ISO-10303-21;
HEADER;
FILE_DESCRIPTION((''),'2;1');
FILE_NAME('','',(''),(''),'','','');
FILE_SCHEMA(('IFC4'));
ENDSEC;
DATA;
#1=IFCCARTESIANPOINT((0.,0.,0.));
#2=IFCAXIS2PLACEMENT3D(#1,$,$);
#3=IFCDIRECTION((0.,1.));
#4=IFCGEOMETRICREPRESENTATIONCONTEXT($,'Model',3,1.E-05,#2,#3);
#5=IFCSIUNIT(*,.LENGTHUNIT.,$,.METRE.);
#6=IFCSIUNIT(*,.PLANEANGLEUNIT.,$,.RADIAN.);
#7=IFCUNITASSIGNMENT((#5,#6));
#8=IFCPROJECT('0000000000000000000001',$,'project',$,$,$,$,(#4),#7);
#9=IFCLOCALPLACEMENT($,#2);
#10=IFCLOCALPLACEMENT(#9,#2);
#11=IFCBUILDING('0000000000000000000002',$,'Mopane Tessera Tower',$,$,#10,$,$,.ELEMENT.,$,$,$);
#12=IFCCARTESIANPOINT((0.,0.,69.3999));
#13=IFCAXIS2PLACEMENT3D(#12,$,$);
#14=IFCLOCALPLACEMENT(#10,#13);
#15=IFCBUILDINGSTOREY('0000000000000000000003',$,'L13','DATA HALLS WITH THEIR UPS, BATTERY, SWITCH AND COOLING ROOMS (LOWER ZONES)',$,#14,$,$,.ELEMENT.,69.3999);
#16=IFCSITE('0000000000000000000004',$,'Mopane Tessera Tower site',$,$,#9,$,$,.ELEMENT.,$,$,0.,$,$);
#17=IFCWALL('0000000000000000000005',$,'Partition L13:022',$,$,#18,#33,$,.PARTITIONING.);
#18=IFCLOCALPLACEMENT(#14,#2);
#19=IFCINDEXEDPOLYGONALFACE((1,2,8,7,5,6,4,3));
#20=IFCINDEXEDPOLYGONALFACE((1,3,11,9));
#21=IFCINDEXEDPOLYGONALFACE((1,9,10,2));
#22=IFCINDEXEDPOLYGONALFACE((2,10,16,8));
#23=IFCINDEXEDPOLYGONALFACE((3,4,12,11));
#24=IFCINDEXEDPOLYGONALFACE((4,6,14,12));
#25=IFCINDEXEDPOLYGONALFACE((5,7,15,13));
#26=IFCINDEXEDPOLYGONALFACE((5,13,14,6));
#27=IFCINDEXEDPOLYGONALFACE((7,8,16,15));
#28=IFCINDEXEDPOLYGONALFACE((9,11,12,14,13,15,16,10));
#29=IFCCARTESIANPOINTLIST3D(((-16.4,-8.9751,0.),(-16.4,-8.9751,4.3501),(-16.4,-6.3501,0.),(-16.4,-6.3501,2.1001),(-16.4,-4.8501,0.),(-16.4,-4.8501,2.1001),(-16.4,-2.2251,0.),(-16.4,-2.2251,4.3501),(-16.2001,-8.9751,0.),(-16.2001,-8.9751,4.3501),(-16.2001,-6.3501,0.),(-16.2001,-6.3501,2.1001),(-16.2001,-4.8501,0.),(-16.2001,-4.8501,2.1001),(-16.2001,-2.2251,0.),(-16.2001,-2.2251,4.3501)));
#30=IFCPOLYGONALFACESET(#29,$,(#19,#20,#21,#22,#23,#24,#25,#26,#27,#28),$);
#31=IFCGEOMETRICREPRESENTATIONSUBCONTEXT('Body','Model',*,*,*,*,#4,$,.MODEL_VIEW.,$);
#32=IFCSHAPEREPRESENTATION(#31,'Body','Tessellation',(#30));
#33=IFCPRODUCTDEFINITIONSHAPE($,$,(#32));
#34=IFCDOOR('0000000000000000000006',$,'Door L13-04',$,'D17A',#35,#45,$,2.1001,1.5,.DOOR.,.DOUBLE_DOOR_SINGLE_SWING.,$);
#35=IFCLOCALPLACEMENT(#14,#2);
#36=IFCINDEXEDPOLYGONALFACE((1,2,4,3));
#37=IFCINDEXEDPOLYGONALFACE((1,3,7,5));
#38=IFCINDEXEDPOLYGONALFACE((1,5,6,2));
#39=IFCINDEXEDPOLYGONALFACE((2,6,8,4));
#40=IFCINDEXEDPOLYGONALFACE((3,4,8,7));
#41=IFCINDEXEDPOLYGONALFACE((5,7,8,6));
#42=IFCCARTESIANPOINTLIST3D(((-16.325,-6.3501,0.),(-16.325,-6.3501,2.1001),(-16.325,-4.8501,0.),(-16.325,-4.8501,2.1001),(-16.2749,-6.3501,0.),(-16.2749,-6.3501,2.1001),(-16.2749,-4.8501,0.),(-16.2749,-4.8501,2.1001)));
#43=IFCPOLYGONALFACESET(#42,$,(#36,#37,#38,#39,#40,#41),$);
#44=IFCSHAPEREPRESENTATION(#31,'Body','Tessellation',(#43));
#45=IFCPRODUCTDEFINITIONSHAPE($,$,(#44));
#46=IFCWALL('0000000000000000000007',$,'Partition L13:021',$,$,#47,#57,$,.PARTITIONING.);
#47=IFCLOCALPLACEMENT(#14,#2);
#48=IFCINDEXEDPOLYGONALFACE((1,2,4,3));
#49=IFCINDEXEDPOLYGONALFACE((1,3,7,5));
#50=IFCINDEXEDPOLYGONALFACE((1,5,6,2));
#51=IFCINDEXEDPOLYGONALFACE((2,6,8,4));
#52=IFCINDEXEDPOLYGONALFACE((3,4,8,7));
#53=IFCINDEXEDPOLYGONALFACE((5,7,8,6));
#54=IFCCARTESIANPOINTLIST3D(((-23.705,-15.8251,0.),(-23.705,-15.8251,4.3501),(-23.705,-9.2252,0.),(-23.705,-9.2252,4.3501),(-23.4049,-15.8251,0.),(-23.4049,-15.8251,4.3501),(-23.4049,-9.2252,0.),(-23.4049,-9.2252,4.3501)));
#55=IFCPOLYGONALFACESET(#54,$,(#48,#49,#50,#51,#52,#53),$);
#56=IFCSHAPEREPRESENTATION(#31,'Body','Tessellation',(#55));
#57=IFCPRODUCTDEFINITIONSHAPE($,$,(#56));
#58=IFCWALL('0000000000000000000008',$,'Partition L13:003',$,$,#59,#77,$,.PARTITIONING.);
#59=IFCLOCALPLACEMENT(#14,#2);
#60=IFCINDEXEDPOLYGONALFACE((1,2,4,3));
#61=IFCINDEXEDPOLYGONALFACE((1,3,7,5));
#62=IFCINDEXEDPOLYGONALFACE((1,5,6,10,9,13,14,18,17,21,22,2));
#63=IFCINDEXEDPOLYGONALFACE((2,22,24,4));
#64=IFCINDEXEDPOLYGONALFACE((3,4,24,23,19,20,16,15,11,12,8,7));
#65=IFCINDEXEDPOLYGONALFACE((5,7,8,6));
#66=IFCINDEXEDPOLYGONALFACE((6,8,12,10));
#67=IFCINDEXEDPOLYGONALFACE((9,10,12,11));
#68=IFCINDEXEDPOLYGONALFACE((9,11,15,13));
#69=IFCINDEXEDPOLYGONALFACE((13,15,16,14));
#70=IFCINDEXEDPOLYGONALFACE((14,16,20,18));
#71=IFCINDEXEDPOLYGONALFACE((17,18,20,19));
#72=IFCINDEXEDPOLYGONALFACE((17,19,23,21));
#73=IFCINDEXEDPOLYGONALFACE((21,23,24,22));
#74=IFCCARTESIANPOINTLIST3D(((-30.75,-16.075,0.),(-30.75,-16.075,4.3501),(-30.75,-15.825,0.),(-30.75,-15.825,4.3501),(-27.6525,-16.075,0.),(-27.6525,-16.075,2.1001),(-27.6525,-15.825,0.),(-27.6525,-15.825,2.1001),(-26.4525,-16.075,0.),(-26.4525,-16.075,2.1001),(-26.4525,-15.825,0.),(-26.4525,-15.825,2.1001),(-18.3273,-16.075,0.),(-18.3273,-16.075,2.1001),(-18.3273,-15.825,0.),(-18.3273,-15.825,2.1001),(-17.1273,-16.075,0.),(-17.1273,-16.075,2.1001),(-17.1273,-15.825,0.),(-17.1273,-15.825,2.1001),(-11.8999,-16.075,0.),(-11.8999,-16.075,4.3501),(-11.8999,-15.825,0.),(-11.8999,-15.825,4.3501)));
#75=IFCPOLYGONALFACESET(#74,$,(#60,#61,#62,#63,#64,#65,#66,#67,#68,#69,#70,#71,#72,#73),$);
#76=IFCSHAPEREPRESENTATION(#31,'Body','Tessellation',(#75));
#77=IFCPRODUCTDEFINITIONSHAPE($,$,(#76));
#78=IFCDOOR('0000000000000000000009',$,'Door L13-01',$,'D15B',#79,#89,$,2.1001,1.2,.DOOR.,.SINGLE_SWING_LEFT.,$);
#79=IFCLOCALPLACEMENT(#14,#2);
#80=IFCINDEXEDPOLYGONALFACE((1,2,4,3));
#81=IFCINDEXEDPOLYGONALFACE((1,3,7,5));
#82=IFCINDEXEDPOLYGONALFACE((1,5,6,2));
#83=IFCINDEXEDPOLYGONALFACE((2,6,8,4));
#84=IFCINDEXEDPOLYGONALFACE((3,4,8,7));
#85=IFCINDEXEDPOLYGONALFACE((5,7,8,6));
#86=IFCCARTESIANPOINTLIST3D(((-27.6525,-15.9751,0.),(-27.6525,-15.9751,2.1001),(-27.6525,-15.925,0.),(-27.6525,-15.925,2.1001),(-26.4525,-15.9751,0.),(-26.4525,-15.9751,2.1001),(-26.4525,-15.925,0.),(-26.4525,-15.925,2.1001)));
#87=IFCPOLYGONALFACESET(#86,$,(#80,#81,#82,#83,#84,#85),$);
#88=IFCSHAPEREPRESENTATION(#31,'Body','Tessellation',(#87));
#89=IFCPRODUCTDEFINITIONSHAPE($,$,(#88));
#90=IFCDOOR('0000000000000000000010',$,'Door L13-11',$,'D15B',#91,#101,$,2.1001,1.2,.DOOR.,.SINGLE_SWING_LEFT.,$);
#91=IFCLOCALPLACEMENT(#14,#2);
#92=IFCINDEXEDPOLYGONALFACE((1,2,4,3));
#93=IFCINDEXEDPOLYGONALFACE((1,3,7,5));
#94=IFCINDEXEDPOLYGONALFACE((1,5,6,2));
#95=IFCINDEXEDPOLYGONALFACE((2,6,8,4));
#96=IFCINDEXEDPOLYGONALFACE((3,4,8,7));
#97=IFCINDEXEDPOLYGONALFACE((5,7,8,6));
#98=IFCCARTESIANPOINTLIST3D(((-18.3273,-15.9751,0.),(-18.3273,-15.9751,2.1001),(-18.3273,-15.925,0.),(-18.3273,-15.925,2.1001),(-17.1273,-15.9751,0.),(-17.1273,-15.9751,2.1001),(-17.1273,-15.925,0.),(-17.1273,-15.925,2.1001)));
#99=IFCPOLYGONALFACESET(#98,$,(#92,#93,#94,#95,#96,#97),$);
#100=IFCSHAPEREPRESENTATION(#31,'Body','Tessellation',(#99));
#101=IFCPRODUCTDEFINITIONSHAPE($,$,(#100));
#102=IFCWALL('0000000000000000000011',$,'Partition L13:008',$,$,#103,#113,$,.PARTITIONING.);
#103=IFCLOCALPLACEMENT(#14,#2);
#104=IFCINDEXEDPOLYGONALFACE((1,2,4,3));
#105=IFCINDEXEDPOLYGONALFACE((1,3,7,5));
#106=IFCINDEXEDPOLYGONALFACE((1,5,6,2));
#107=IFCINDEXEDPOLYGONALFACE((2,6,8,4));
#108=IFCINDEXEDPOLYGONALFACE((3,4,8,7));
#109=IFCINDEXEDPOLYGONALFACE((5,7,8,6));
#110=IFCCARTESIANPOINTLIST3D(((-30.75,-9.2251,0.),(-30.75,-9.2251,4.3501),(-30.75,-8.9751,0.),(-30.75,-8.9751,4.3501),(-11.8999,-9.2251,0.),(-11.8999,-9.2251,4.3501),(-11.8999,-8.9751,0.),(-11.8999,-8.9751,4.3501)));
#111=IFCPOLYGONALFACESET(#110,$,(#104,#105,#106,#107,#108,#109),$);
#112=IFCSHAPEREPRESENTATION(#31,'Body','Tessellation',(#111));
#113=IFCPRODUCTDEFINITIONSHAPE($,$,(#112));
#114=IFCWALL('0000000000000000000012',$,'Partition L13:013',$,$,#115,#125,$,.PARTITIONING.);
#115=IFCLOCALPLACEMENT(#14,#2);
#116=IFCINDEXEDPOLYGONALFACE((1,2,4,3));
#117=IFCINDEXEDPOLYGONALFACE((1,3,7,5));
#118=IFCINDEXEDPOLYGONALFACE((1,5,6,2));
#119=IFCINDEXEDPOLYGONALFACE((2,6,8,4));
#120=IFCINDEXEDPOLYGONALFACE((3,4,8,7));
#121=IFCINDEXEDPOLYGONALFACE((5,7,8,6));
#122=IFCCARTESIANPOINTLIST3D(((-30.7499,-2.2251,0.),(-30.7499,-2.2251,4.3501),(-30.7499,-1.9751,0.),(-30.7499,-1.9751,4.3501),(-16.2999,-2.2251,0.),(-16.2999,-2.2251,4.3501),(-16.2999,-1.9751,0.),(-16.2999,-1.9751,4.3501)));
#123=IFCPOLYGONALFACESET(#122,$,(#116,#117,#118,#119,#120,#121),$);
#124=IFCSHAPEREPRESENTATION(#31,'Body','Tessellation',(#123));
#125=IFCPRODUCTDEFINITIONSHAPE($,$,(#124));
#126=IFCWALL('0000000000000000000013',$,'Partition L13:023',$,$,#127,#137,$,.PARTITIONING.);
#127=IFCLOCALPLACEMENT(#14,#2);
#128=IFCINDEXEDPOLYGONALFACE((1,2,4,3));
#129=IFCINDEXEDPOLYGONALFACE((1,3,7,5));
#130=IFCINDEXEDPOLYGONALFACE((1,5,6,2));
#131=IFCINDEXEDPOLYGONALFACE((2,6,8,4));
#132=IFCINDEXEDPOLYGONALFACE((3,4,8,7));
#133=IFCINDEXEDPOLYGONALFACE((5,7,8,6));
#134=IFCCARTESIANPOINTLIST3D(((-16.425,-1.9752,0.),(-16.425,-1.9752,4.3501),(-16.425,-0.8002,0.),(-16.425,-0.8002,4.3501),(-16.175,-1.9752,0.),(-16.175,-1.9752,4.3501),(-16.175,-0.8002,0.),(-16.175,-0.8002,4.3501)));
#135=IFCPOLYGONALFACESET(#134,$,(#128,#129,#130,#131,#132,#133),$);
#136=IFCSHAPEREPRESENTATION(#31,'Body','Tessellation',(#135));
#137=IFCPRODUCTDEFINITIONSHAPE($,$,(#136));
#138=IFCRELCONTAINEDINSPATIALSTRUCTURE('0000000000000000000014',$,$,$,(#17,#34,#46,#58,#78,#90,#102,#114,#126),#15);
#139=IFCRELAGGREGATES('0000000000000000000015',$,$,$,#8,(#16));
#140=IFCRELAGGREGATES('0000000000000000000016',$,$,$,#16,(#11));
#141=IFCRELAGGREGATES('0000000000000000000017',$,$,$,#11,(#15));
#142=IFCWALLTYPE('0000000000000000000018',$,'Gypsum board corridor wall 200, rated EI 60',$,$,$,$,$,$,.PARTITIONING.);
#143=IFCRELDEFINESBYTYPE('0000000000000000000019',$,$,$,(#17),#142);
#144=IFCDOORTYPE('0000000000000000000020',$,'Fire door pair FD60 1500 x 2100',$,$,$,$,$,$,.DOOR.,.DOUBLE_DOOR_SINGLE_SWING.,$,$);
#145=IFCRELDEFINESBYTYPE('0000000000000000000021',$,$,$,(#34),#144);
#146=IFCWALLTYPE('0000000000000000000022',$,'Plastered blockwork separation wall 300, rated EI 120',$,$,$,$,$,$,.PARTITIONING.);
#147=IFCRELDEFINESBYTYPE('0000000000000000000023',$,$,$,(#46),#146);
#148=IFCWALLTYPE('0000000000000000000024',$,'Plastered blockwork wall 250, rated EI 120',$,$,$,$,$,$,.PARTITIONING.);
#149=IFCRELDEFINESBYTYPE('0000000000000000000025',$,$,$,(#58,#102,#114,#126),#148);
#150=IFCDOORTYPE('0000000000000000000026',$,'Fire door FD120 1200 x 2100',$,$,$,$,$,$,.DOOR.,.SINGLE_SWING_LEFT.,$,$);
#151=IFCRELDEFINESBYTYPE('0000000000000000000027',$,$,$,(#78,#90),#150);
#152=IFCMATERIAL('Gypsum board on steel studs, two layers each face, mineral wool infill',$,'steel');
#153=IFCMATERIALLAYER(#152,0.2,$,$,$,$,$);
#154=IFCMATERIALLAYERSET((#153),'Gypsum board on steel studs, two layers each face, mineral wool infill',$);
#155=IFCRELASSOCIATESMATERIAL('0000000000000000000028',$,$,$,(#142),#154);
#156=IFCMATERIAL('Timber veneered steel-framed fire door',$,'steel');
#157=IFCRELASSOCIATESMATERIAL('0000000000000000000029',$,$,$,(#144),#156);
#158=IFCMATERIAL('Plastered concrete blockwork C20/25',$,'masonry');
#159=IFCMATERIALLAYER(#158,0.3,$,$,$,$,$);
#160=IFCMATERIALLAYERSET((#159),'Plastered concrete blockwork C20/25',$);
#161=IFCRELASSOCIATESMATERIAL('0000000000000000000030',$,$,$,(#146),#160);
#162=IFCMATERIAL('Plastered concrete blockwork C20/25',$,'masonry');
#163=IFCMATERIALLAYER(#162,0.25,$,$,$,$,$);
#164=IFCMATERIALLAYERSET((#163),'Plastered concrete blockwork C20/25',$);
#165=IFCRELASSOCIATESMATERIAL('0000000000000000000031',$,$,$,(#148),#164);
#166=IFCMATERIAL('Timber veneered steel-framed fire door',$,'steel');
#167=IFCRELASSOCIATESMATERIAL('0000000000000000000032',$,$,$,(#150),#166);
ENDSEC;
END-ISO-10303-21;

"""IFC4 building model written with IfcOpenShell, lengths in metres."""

from ifc_helpers import new_model, si_unit, direction, frame, frame_2d, origin, place, context, subcontext, project, spatial, rectangle, extrude, material, layer, layer_set, type_object, element, fill, save


model = new_model("IFC4")

# Units and contexts
model_context = context("Model", 3, precision=1e-05, world=origin(), true_north=direction((0.0, 1.0)))
body_context = subcontext(model_context, "Body", "Model", "MODEL_VIEW")
ifc_project = project(units=[si_unit("LENGTHUNIT", "METRE"), si_unit("PLANEANGLEUNIT", "RADIAN")], contexts=[model_context])

# Site, building, storey
site_placement = place(None, origin())
site = spatial("IfcSite", under=ifc_project, at=site_placement, Name="Mopane Tessera Tower site", CompositionType="ELEMENT", RefElevation=0.0)
building_placement = place(site_placement, origin())
building = spatial("IfcBuilding", under=site, at=building_placement, Name="Mopane Tessera Tower", CompositionType="ELEMENT")
storey_placement = place(building_placement, frame((0.0, 0.0, 69.3999)))
storey = spatial("IfcBuildingStorey", under=building, at=storey_placement, Name="L13", Description="DATA HALLS WITH THEIR UPS, BATTERY, SWITCH AND COOLING ROOMS (LOWER ZONES)", CompositionType="ELEMENT", Elevation=69.3999)

# Wall, opening, door
ifc_material_1 = material(Name="Gypsum board on steel studs, two layers each face, mineral wool infill", Category="steel")
ifc_layer_1 = layer(ifc_material_1, 0.2)
ifc_layer_set_1 = layer_set([ifc_layer_1], Name="Gypsum board on steel studs, two layers each face, mineral wool infill")
wall_type_1 = type_object("IfcWallType", Name="Gypsum board corridor wall 200, rated EI 60", PredefinedType="PARTITIONING", material=ifc_layer_set_1)
wall_1_placement = place(storey_placement, frame((-16.3, -8.9751, 0.0), z_axis=(0.0, 0.0, 1.0), x_axis=(0.0, 1.0, 0.0)))
wall_1 = element("IfcWall", 1, at=wall_1_placement, inside=storey, type_object=wall_type_1, Name="Partition L13:022", PredefinedType="PARTITIONING", context=body_context, shape_type="SweptSolid", body=[
    extrude(rectangle(XDim=6.75, YDim=0.2, at=frame_2d((3.375, 0.0))), origin(), (0.0, 0.0, 1.0), 4.3501),
])
opening_1_placement = place(wall_1_placement, frame((2.625, 0.0, 0.0)))
opening_1 = element("IfcOpeningElement", 2, at=opening_1_placement, cuts=wall_1, PredefinedType="OPENING", context=body_context, shape_type="SweptSolid", body=[
    extrude(rectangle(XDim=1.5, YDim=2.1001, at=frame_2d((0.75, 1.05))), frame((0.0, 0.1121, 0.0), z_axis=(0.0, -1.0, 0.0), x_axis=(1.0, 0.0, 0.0)), (0.0, 0.0, 1.0), 0.2239),
])
ifc_material_2 = material(Name="Timber veneered steel-framed fire door", Category="steel")
door_type_1 = type_object("IfcDoorType", Name="Fire door pair FD60 1500 x 2100", OperationType="DOUBLE_DOOR_SINGLE_SWING", PredefinedType="DOOR", material=ifc_material_2)
door_1_placement = place(opening_1_placement, origin())
door_1 = element("IfcDoor", 3, at=door_1_placement, inside=storey, type_object=door_type_1, Name="Door L13-04", ObjectType="D17A", OperationType="DOUBLE_DOOR_SINGLE_SWING", OverallHeight=2.1001, OverallWidth=1.5, PredefinedType="DOOR", context=body_context, shape_type="SweptSolid", body=[
    extrude(rectangle(XDim=1.5, YDim=2.1001, at=frame_2d((0.75, 1.05))), frame((0.0, 0.0249, 0.0), z_axis=(0.0, -1.0, 0.0), x_axis=(1.0, 0.0, 0.0)), (0.0, 0.0, 1.0), 0.05),
])
fill(opening_1, door_1)

# Wall
ifc_material_3 = material(Name="Plastered concrete blockwork C20/25", Category="masonry")
ifc_layer_2 = layer(ifc_material_3, 0.3)
ifc_layer_set_2 = layer_set([ifc_layer_2], Name="Plastered concrete blockwork C20/25")
wall_type_2 = type_object("IfcWallType", Name="Plastered blockwork separation wall 300, rated EI 120", PredefinedType="PARTITIONING", material=ifc_layer_set_2)
wall_2_placement = place(storey_placement, frame((-23.5549, -15.825, 0.0), z_axis=(0.0, 0.0, 1.0), x_axis=(0.0, 1.0, 0.0)))
element("IfcWall", 4, at=wall_2_placement, inside=storey, type_object=wall_type_2, Name="Partition L13:021", PredefinedType="PARTITIONING", context=body_context, shape_type="SweptSolid", body=[
    extrude(rectangle(XDim=6.5999, YDim=0.3, at=frame_2d((3.2998, 0.0))), origin(), (0.0, 0.0, 1.0), 4.3501),
])

# Wall, openings, doors
ifc_material_4 = material(Name="Plastered concrete blockwork C20/25", Category="masonry")
ifc_layer_3 = layer(ifc_material_4, 0.25)
ifc_layer_set_3 = layer_set([ifc_layer_3], Name="Plastered concrete blockwork C20/25")
wall_type_3 = type_object("IfcWallType", Name="Plastered blockwork wall 250, rated EI 120", PredefinedType="PARTITIONING", material=ifc_layer_set_3)
wall_3_placement = place(storey_placement, frame((-30.75, -15.95, 0.0), z_axis=(0.0, 0.0, 1.0), x_axis=(1.0, 0.0, 0.0)))
wall_3 = element("IfcWall", 5, at=wall_3_placement, inside=storey, type_object=wall_type_3, Name="Partition L13:003", PredefinedType="PARTITIONING", context=body_context, shape_type="SweptSolid", body=[
    extrude(rectangle(XDim=18.8501, YDim=0.25, at=frame_2d((9.425, 0.0))), origin(), (0.0, 0.0, 1.0), 4.3501),
])
opening_2_placement = place(wall_3_placement, frame((3.0974, 0.0, 0.0)))
opening_2 = element("IfcOpeningElement", 6, at=opening_2_placement, cuts=wall_3, PredefinedType="OPENING", context=body_context, shape_type="SweptSolid", body=[
    extrude(rectangle(XDim=1.2, YDim=2.1001, at=frame_2d((0.6001, 1.05))), frame((0.0, 0.137, 0.0), z_axis=(0.0, -1.0, 0.0), x_axis=(1.0, 0.0, 0.0)), (0.0, 0.0, 1.0), 0.2739),
])
opening_3_placement = place(wall_3_placement, frame((12.4226, 0.0, 0.0)))
opening_3 = element("IfcOpeningElement", 7, at=opening_3_placement, cuts=wall_3, PredefinedType="OPENING", context=body_context, shape_type="SweptSolid", body=[
    extrude(rectangle(XDim=1.2, YDim=2.1001, at=frame_2d((0.6001, 1.05))), frame((0.0, 0.137, 0.0), z_axis=(0.0, -1.0, 0.0), x_axis=(1.0, 0.0, 0.0)), (0.0, 0.0, 1.0), 0.2739),
])
ifc_material_5 = material(Name="Timber veneered steel-framed fire door", Category="steel")
door_type_2 = type_object("IfcDoorType", Name="Fire door FD120 1200 x 2100", OperationType="SINGLE_SWING_LEFT", PredefinedType="DOOR", material=ifc_material_5)
door_2_placement = place(opening_2_placement, origin())
door_2 = element("IfcDoor", 8, at=door_2_placement, inside=storey, type_object=door_type_2, Name="Door L13-01", ObjectType="D15B", OperationType="SINGLE_SWING_LEFT", OverallHeight=2.1001, OverallWidth=1.2, PredefinedType="DOOR", context=body_context, shape_type="SweptSolid", body=[
    extrude(rectangle(XDim=1.2, YDim=2.1001, at=frame_2d((0.6001, 1.05))), frame((0.0, 0.0249, 0.0), z_axis=(0.0, -1.0, 0.0), x_axis=(1.0, 0.0, 0.0)), (0.0, 0.0, 1.0), 0.05),
])
fill(opening_2, door_2)
door_3_placement = place(opening_3_placement, origin())
door_3 = element("IfcDoor", 9, at=door_3_placement, inside=storey, type_object=door_type_2, Name="Door L13-11", ObjectType="D15B", OperationType="SINGLE_SWING_LEFT", OverallHeight=2.1001, OverallWidth=1.2, PredefinedType="DOOR", context=body_context, shape_type="SweptSolid", body=[
    extrude(rectangle(XDim=1.2, YDim=2.1001, at=frame_2d((0.6001, 1.05))), frame((0.0, 0.0249, 0.0), z_axis=(0.0, -1.0, 0.0), x_axis=(1.0, 0.0, 0.0)), (0.0, 0.0, 1.0), 0.05),
])
fill(opening_3, door_3)

# Walls
wall_4_placement = place(storey_placement, frame((-30.75, -9.1001, 0.0), z_axis=(0.0, 0.0, 1.0), x_axis=(1.0, 0.0, 0.0)))
element("IfcWall", 10, at=wall_4_placement, inside=storey, type_object=wall_type_3, Name="Partition L13:008", PredefinedType="PARTITIONING", context=body_context, shape_type="SweptSolid", body=[
    extrude(rectangle(XDim=18.8501, YDim=0.25, at=frame_2d((9.425, 0.0))), origin(), (0.0, 0.0, 1.0), 4.3501),
])
wall_5_placement = place(storey_placement, frame((-30.75, -2.1001, 0.0), z_axis=(0.0, 0.0, 1.0), x_axis=(1.0, 0.0, 0.0)))
element("IfcWall", 11, at=wall_5_placement, inside=storey, type_object=wall_type_3, Name="Partition L13:013", PredefinedType="PARTITIONING", context=body_context, shape_type="SweptSolid", body=[
    extrude(rectangle(XDim=14.45, YDim=0.25, at=frame_2d((7.2251, 0.0))), origin(), (0.0, 0.0, 1.0), 4.3501),
])
wall_6_placement = place(storey_placement, frame((-16.3, -1.9751, 0.0), z_axis=(0.0, 0.0, 1.0), x_axis=(0.0, 1.0, 0.0)))
element("IfcWall", 12, at=wall_6_placement, inside=storey, type_object=wall_type_3, Name="Partition L13:023", PredefinedType="PARTITIONING", context=body_context, shape_type="SweptSolid", body=[
    extrude(rectangle(XDim=1.175, YDim=0.25, at=frame_2d((0.5874, 0.0))), origin(), (0.0, 0.0, 1.0), 4.3501),
])

save(model, "model.ifc")
